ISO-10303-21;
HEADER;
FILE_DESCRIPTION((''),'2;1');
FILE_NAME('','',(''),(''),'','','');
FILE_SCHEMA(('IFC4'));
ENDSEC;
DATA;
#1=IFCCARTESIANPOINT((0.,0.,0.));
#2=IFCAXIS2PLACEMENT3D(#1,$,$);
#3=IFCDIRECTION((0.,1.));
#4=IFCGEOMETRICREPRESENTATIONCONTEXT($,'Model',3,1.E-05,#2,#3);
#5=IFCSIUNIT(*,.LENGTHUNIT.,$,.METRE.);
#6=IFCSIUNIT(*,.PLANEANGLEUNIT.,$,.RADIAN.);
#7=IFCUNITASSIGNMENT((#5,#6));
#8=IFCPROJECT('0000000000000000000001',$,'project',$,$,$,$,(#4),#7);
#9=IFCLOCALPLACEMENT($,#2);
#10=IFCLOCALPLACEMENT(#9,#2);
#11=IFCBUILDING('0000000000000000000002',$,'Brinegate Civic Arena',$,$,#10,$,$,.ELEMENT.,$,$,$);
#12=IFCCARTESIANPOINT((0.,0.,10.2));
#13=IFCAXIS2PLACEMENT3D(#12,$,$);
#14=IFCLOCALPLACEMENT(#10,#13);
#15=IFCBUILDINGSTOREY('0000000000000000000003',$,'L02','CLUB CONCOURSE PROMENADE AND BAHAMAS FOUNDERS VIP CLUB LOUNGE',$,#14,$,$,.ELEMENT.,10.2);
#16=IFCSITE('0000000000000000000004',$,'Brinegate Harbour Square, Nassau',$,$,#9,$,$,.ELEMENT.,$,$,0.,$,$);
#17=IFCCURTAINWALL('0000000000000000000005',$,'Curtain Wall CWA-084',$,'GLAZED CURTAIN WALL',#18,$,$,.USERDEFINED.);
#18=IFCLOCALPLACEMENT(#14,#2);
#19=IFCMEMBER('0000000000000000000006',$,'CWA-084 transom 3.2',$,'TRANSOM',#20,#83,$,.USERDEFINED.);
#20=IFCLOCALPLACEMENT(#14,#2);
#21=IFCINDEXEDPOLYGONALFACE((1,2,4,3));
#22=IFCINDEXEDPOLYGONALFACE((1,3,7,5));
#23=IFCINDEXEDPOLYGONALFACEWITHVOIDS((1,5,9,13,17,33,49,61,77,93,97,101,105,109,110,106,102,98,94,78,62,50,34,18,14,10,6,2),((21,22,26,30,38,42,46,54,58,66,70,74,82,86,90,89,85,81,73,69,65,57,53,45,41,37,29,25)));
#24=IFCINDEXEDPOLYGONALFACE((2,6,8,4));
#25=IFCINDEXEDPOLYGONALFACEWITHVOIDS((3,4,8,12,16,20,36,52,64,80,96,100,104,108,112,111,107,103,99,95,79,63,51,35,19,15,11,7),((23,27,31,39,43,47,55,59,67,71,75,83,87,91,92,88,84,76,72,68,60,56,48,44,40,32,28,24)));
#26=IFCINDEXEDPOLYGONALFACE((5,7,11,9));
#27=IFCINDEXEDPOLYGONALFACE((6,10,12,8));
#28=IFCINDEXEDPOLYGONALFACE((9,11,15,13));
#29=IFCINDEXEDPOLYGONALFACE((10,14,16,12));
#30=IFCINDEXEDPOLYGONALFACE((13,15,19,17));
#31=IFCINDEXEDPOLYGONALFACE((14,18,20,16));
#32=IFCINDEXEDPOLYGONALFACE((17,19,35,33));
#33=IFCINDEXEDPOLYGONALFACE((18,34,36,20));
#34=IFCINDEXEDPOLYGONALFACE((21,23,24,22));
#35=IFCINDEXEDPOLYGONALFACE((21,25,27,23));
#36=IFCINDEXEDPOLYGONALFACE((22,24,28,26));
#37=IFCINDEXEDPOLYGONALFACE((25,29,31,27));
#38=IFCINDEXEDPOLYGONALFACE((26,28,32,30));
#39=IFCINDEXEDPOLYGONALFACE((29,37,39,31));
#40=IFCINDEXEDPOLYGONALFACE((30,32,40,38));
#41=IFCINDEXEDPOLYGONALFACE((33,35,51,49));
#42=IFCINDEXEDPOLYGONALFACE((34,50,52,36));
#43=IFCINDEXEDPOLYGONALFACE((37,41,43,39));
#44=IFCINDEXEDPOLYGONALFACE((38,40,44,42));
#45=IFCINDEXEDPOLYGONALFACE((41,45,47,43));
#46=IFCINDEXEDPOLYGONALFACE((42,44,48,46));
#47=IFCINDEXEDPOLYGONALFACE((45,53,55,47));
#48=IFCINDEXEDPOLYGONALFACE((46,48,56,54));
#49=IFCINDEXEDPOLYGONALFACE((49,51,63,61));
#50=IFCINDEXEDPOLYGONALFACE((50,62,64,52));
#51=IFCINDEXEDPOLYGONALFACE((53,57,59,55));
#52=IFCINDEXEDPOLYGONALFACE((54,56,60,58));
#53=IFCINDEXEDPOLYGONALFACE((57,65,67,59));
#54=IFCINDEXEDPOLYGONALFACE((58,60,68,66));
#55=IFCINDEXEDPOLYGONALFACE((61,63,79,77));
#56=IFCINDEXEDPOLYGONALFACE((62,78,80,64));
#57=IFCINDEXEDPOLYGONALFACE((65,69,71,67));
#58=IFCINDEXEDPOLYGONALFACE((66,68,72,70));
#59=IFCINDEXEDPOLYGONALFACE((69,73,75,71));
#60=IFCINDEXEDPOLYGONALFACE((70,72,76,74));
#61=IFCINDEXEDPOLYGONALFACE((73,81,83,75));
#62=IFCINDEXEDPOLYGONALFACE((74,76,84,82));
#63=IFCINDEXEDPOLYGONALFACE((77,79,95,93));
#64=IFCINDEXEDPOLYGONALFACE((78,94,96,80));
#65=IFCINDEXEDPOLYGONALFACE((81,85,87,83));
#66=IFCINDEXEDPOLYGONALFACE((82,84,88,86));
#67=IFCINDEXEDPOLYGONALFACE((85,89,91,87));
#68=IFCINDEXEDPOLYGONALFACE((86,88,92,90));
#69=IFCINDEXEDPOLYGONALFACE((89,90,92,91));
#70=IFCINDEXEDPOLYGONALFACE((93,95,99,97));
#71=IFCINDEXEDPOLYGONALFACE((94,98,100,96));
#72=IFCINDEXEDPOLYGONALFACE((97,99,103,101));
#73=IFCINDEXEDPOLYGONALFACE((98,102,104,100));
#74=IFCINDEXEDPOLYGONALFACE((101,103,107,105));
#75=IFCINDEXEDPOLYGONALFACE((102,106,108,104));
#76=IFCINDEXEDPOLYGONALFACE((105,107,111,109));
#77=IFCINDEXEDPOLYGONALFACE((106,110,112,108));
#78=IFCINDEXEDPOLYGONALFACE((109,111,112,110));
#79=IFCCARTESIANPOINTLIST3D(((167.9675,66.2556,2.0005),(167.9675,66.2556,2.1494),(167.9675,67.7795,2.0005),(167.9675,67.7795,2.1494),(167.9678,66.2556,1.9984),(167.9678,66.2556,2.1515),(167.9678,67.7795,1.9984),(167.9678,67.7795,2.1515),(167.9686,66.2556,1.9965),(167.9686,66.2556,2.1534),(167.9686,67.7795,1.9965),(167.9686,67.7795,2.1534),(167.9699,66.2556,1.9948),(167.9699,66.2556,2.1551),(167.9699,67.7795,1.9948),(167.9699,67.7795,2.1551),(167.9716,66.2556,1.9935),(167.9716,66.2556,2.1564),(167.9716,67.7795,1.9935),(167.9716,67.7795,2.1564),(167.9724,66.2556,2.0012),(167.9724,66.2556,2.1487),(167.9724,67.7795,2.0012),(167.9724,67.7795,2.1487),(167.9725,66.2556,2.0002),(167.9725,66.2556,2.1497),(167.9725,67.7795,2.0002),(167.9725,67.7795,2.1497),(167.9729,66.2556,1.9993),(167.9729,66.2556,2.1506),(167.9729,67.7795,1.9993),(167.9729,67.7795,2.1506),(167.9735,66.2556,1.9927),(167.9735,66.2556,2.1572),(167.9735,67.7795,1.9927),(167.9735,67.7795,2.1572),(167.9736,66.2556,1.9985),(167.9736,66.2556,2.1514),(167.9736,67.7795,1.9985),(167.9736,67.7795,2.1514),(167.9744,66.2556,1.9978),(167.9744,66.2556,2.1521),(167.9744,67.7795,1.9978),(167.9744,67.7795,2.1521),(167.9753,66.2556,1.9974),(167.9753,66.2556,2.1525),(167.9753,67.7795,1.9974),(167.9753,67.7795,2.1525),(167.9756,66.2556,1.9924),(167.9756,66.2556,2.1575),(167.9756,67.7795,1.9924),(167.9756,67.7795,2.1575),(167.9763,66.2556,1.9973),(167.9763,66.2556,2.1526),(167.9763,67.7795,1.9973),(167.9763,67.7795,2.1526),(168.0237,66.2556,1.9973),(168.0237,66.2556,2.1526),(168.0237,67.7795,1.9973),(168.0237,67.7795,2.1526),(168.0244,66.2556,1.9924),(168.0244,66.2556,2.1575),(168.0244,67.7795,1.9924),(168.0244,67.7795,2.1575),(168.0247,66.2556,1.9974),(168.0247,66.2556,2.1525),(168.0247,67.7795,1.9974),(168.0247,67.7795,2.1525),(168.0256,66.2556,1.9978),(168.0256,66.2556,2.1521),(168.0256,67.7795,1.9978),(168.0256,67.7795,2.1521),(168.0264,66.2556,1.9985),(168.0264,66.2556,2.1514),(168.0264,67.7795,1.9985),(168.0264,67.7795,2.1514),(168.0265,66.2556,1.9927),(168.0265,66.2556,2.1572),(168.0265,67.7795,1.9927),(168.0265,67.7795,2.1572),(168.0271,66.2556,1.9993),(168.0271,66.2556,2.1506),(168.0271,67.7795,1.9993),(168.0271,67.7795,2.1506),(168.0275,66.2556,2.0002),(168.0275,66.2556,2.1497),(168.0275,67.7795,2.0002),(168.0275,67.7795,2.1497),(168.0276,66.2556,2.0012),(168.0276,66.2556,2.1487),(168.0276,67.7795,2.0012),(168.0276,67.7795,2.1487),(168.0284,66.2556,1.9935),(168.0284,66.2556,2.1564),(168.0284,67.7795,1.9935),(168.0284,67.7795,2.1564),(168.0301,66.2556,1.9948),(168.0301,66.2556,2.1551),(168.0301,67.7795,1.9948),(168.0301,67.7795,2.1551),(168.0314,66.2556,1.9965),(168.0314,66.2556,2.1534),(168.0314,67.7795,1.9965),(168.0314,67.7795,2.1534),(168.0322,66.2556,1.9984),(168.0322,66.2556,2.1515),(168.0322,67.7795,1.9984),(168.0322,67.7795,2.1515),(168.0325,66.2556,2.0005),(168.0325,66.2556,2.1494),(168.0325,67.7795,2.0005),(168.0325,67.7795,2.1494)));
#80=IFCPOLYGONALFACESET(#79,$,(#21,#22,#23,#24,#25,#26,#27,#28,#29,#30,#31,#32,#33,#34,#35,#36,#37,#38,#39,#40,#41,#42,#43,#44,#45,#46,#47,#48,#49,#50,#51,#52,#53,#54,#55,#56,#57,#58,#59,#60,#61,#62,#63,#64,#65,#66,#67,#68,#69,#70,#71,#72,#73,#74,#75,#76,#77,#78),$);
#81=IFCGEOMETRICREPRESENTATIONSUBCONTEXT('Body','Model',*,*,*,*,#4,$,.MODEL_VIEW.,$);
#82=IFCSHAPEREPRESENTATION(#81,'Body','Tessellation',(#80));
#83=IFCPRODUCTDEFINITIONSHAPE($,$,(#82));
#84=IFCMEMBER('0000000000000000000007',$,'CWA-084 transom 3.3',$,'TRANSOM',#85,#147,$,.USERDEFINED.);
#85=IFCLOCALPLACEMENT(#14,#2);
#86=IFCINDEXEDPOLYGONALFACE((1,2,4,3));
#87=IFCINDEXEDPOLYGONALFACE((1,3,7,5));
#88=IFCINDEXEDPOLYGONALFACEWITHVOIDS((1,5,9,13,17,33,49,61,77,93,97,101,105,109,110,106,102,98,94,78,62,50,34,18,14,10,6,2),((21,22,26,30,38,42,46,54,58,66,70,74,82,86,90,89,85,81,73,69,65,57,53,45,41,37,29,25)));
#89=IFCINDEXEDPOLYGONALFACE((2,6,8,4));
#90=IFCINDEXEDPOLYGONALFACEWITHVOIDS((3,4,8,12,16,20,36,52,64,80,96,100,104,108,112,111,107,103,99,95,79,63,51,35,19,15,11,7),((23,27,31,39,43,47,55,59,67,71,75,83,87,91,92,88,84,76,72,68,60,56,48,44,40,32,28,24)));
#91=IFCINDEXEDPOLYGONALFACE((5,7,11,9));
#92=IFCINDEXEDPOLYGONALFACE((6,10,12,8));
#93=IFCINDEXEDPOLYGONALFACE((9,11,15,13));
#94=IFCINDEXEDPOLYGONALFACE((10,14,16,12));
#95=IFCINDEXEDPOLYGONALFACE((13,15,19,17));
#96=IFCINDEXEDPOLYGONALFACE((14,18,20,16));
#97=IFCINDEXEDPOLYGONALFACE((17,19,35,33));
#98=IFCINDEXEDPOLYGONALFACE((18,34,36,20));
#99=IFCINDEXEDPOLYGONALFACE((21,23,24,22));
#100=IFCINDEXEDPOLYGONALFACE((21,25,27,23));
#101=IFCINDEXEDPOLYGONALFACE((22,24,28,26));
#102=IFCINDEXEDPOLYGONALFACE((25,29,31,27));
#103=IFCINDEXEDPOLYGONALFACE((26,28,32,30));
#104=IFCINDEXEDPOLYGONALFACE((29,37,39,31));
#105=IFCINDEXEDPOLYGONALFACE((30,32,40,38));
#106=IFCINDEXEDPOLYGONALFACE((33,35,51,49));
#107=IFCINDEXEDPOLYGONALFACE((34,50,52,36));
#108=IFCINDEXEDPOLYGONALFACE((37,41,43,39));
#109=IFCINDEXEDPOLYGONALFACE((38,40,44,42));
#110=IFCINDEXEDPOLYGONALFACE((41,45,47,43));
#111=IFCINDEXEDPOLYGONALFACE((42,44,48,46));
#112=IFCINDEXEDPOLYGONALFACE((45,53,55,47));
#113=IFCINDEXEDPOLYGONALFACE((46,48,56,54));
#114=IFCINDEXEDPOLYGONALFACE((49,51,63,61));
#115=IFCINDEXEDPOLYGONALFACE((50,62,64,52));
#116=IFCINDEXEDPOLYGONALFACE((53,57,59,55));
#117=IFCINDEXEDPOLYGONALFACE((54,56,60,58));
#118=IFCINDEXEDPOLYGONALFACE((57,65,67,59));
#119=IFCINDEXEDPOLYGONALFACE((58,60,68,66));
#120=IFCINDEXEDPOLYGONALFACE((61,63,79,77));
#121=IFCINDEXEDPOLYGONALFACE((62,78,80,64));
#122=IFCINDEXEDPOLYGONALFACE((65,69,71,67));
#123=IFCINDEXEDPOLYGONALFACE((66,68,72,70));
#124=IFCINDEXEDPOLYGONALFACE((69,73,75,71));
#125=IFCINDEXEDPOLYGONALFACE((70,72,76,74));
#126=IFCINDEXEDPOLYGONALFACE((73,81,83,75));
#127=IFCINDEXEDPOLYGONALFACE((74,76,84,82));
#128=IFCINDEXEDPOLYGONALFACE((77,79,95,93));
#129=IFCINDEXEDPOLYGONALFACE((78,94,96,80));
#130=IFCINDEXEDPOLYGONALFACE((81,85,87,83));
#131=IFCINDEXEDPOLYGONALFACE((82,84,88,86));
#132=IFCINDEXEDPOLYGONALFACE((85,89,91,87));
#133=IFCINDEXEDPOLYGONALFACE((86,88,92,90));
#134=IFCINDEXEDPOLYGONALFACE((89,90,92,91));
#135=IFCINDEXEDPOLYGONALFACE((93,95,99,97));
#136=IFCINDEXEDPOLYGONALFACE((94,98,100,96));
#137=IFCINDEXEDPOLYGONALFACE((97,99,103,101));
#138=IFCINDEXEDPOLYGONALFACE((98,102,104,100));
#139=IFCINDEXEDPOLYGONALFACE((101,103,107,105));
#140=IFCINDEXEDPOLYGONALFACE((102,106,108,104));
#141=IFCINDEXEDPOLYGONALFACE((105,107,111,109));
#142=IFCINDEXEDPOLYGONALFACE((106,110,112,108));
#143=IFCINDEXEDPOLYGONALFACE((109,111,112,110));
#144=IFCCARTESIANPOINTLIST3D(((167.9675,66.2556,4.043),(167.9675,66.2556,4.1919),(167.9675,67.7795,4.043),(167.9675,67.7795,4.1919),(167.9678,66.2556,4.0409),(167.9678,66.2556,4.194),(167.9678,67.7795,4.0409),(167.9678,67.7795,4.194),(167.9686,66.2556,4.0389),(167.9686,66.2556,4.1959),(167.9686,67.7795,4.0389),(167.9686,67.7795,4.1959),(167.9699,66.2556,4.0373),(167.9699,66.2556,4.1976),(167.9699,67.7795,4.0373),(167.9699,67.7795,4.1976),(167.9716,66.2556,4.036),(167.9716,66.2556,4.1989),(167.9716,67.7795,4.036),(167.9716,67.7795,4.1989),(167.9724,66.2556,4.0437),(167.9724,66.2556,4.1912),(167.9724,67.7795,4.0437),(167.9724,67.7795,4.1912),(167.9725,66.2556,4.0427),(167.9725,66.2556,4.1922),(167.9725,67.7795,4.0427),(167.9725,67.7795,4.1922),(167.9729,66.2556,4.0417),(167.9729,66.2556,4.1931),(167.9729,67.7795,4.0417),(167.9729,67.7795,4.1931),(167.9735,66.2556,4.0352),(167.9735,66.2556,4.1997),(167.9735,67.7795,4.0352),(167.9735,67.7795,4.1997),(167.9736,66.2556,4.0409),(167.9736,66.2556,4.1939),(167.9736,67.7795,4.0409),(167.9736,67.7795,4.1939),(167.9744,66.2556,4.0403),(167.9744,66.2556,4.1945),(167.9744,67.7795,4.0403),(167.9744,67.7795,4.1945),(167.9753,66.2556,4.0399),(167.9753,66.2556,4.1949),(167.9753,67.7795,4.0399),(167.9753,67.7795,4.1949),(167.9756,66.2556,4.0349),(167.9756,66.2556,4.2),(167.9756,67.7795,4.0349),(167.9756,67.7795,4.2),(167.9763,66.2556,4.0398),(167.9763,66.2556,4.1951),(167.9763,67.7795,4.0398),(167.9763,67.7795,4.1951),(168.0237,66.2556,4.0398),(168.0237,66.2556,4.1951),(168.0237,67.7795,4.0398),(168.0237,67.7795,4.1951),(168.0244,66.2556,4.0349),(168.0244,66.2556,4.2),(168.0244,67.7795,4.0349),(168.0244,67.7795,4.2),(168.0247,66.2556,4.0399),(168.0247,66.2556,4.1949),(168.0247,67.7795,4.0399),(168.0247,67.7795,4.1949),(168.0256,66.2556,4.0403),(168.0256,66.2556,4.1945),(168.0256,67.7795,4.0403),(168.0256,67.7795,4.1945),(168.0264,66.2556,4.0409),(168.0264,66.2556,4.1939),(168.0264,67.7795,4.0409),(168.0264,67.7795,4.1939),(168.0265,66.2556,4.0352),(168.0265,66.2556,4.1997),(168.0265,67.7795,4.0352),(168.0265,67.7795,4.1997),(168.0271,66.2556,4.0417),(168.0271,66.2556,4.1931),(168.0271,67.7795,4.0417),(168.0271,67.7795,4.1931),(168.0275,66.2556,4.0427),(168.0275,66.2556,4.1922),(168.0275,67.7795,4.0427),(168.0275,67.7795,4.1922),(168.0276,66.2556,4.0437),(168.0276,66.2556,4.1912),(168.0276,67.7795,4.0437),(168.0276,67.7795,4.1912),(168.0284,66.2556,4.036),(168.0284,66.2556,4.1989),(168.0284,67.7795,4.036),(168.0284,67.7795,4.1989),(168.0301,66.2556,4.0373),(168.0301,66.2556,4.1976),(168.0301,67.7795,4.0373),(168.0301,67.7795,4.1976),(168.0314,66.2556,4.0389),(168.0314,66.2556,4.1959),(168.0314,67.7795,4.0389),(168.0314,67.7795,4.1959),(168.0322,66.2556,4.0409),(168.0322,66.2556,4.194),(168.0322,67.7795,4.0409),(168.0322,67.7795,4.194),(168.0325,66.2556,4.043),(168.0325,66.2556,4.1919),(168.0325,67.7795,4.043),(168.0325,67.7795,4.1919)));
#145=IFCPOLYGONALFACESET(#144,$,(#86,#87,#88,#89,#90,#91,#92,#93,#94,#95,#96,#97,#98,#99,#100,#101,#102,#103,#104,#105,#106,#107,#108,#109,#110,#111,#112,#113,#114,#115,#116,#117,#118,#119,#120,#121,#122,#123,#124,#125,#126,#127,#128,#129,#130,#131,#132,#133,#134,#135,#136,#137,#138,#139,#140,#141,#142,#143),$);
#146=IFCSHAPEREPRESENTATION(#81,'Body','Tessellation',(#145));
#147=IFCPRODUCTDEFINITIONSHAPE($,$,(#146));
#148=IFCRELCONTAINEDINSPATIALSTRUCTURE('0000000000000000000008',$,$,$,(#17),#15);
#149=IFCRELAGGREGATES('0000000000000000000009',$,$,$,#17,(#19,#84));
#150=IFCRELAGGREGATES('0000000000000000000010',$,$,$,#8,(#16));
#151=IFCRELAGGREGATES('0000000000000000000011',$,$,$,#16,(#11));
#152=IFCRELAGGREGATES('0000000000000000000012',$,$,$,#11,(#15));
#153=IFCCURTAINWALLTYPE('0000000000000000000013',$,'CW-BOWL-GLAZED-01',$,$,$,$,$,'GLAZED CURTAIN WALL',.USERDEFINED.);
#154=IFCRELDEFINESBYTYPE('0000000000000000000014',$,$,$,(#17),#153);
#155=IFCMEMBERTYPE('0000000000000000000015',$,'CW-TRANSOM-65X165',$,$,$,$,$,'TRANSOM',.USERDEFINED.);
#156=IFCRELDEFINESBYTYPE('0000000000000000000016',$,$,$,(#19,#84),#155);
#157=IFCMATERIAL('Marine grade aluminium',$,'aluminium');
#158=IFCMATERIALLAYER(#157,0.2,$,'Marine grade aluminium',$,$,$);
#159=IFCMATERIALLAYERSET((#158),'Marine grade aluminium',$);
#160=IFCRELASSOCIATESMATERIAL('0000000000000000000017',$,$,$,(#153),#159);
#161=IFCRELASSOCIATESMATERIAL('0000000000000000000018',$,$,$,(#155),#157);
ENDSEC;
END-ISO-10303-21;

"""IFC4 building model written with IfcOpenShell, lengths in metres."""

from ifc_helpers import new_model, si_unit, direction, frame, origin, origin_2d, place, context, subcontext, project, spatial, hollow_rectangle, extrude, material, layer, layer_set, material_profile, profile_set, type_object, element, aggregate, save


model = new_model("IFC4")

# Units and contexts
model_context = context("Model", 3, precision=1e-05, world=origin(), true_north=direction((0.0, 1.0)))
body_context = subcontext(model_context, "Body", "Model", "MODEL_VIEW")
ifc_project = project(units=[si_unit("LENGTHUNIT", "METRE"), si_unit("PLANEANGLEUNIT", "RADIAN")], contexts=[model_context])

# Site, building, storey
site_placement = place(None, origin())
site = spatial("IfcSite", under=ifc_project, at=site_placement, Name="Brinegate Harbour Square, Nassau", CompositionType="ELEMENT", RefElevation=0.0)
building_placement = place(site_placement, origin())
building = spatial("IfcBuilding", under=site, at=building_placement, Name="Brinegate Civic Arena", CompositionType="ELEMENT")
storey_placement = place(building_placement, frame((0.0, 0.0, 10.2)))
storey = spatial("IfcBuildingStorey", under=building, at=storey_placement, Name="L02", Description="CLUB CONCOURSE PROMENADE AND BAHAMAS FOUNDERS VIP CLUB LOUNGE", CompositionType="ELEMENT", Elevation=10.2)

# Curtain wall, members
ifc_material_1 = material(Name="Marine grade aluminium", Category="aluminium")
ifc_layer_1 = layer(ifc_material_1, 0.2, Name="Marine grade aluminium")
ifc_layer_set_1 = layer_set([ifc_layer_1], Name="Marine grade aluminium")
curtain_wall_type = type_object("IfcCurtainWallType", Name="CW-BOWL-GLAZED-01", ElementType="GLAZED CURTAIN WALL", PredefinedType="USERDEFINED", material=ifc_layer_set_1)
curtain_wall_placement = place(storey_placement, origin())
curtain_wall = element("IfcCurtainWall", 1, at=curtain_wall_placement, inside=storey, type_object=curtain_wall_type, Name="Curtain Wall CWA-084", ObjectType="GLAZED CURTAIN WALL", PredefinedType="USERDEFINED")
ifc_material_profile_1 = material_profile(ifc_material_1, hollow_rectangle(XDim=0.0649, YDim=0.165, WallThickness=0.0049, InnerFilletRadius=0.0039, OuterFilletRadius=0.0081, at=origin_2d()), Name="TRN65X165")
ifc_profile_set_1 = profile_set([ifc_material_profile_1], Name="Marine grade aluminium")
member_type_1 = type_object("IfcMemberType", Name="CW-TRANSOM-65X165", ElementType="TRANSOM", PredefinedType="USERDEFINED", material=ifc_profile_set_1)
member_1_placement = place(storey_placement, frame((168.0, 66.2556, 2.075), z_axis=(0.0, 1.0, 0.0), x_axis=(-1.0, 0.0, 0.0)))
member_1 = element("IfcMember", 2, at=member_1_placement, type_object=member_type_1, Name="CWA-084 transom 3.2", ObjectType="TRANSOM", PredefinedType="USERDEFINED", context=body_context, shape_type="SweptSolid", body=[
    extrude(hollow_rectangle(XDim=0.0649, YDim=0.165, WallThickness=0.0049, InnerFilletRadius=0.0039, OuterFilletRadius=0.0081, at=origin_2d()), origin(), (0.0, 0.0, 1.0), 1.5239),
])
member_2_placement = place(storey_placement, frame((168.0, 66.2556, 4.1174), z_axis=(0.0, 1.0, 0.0), x_axis=(-1.0, 0.0, 0.0)))
member_2 = element("IfcMember", 3, at=member_2_placement, type_object=member_type_1, Name="CWA-084 transom 3.3", ObjectType="TRANSOM", PredefinedType="USERDEFINED", context=body_context, shape_type="SweptSolid", body=[
    extrude(hollow_rectangle(XDim=0.0649, YDim=0.165, WallThickness=0.0049, InnerFilletRadius=0.0039, OuterFilletRadius=0.0081, at=origin_2d()), origin(), (0.0, 0.0, 1.0), 1.5239),
])

aggregate(curtain_wall, [member_1, member_2])

save(model, "model.ifc")
